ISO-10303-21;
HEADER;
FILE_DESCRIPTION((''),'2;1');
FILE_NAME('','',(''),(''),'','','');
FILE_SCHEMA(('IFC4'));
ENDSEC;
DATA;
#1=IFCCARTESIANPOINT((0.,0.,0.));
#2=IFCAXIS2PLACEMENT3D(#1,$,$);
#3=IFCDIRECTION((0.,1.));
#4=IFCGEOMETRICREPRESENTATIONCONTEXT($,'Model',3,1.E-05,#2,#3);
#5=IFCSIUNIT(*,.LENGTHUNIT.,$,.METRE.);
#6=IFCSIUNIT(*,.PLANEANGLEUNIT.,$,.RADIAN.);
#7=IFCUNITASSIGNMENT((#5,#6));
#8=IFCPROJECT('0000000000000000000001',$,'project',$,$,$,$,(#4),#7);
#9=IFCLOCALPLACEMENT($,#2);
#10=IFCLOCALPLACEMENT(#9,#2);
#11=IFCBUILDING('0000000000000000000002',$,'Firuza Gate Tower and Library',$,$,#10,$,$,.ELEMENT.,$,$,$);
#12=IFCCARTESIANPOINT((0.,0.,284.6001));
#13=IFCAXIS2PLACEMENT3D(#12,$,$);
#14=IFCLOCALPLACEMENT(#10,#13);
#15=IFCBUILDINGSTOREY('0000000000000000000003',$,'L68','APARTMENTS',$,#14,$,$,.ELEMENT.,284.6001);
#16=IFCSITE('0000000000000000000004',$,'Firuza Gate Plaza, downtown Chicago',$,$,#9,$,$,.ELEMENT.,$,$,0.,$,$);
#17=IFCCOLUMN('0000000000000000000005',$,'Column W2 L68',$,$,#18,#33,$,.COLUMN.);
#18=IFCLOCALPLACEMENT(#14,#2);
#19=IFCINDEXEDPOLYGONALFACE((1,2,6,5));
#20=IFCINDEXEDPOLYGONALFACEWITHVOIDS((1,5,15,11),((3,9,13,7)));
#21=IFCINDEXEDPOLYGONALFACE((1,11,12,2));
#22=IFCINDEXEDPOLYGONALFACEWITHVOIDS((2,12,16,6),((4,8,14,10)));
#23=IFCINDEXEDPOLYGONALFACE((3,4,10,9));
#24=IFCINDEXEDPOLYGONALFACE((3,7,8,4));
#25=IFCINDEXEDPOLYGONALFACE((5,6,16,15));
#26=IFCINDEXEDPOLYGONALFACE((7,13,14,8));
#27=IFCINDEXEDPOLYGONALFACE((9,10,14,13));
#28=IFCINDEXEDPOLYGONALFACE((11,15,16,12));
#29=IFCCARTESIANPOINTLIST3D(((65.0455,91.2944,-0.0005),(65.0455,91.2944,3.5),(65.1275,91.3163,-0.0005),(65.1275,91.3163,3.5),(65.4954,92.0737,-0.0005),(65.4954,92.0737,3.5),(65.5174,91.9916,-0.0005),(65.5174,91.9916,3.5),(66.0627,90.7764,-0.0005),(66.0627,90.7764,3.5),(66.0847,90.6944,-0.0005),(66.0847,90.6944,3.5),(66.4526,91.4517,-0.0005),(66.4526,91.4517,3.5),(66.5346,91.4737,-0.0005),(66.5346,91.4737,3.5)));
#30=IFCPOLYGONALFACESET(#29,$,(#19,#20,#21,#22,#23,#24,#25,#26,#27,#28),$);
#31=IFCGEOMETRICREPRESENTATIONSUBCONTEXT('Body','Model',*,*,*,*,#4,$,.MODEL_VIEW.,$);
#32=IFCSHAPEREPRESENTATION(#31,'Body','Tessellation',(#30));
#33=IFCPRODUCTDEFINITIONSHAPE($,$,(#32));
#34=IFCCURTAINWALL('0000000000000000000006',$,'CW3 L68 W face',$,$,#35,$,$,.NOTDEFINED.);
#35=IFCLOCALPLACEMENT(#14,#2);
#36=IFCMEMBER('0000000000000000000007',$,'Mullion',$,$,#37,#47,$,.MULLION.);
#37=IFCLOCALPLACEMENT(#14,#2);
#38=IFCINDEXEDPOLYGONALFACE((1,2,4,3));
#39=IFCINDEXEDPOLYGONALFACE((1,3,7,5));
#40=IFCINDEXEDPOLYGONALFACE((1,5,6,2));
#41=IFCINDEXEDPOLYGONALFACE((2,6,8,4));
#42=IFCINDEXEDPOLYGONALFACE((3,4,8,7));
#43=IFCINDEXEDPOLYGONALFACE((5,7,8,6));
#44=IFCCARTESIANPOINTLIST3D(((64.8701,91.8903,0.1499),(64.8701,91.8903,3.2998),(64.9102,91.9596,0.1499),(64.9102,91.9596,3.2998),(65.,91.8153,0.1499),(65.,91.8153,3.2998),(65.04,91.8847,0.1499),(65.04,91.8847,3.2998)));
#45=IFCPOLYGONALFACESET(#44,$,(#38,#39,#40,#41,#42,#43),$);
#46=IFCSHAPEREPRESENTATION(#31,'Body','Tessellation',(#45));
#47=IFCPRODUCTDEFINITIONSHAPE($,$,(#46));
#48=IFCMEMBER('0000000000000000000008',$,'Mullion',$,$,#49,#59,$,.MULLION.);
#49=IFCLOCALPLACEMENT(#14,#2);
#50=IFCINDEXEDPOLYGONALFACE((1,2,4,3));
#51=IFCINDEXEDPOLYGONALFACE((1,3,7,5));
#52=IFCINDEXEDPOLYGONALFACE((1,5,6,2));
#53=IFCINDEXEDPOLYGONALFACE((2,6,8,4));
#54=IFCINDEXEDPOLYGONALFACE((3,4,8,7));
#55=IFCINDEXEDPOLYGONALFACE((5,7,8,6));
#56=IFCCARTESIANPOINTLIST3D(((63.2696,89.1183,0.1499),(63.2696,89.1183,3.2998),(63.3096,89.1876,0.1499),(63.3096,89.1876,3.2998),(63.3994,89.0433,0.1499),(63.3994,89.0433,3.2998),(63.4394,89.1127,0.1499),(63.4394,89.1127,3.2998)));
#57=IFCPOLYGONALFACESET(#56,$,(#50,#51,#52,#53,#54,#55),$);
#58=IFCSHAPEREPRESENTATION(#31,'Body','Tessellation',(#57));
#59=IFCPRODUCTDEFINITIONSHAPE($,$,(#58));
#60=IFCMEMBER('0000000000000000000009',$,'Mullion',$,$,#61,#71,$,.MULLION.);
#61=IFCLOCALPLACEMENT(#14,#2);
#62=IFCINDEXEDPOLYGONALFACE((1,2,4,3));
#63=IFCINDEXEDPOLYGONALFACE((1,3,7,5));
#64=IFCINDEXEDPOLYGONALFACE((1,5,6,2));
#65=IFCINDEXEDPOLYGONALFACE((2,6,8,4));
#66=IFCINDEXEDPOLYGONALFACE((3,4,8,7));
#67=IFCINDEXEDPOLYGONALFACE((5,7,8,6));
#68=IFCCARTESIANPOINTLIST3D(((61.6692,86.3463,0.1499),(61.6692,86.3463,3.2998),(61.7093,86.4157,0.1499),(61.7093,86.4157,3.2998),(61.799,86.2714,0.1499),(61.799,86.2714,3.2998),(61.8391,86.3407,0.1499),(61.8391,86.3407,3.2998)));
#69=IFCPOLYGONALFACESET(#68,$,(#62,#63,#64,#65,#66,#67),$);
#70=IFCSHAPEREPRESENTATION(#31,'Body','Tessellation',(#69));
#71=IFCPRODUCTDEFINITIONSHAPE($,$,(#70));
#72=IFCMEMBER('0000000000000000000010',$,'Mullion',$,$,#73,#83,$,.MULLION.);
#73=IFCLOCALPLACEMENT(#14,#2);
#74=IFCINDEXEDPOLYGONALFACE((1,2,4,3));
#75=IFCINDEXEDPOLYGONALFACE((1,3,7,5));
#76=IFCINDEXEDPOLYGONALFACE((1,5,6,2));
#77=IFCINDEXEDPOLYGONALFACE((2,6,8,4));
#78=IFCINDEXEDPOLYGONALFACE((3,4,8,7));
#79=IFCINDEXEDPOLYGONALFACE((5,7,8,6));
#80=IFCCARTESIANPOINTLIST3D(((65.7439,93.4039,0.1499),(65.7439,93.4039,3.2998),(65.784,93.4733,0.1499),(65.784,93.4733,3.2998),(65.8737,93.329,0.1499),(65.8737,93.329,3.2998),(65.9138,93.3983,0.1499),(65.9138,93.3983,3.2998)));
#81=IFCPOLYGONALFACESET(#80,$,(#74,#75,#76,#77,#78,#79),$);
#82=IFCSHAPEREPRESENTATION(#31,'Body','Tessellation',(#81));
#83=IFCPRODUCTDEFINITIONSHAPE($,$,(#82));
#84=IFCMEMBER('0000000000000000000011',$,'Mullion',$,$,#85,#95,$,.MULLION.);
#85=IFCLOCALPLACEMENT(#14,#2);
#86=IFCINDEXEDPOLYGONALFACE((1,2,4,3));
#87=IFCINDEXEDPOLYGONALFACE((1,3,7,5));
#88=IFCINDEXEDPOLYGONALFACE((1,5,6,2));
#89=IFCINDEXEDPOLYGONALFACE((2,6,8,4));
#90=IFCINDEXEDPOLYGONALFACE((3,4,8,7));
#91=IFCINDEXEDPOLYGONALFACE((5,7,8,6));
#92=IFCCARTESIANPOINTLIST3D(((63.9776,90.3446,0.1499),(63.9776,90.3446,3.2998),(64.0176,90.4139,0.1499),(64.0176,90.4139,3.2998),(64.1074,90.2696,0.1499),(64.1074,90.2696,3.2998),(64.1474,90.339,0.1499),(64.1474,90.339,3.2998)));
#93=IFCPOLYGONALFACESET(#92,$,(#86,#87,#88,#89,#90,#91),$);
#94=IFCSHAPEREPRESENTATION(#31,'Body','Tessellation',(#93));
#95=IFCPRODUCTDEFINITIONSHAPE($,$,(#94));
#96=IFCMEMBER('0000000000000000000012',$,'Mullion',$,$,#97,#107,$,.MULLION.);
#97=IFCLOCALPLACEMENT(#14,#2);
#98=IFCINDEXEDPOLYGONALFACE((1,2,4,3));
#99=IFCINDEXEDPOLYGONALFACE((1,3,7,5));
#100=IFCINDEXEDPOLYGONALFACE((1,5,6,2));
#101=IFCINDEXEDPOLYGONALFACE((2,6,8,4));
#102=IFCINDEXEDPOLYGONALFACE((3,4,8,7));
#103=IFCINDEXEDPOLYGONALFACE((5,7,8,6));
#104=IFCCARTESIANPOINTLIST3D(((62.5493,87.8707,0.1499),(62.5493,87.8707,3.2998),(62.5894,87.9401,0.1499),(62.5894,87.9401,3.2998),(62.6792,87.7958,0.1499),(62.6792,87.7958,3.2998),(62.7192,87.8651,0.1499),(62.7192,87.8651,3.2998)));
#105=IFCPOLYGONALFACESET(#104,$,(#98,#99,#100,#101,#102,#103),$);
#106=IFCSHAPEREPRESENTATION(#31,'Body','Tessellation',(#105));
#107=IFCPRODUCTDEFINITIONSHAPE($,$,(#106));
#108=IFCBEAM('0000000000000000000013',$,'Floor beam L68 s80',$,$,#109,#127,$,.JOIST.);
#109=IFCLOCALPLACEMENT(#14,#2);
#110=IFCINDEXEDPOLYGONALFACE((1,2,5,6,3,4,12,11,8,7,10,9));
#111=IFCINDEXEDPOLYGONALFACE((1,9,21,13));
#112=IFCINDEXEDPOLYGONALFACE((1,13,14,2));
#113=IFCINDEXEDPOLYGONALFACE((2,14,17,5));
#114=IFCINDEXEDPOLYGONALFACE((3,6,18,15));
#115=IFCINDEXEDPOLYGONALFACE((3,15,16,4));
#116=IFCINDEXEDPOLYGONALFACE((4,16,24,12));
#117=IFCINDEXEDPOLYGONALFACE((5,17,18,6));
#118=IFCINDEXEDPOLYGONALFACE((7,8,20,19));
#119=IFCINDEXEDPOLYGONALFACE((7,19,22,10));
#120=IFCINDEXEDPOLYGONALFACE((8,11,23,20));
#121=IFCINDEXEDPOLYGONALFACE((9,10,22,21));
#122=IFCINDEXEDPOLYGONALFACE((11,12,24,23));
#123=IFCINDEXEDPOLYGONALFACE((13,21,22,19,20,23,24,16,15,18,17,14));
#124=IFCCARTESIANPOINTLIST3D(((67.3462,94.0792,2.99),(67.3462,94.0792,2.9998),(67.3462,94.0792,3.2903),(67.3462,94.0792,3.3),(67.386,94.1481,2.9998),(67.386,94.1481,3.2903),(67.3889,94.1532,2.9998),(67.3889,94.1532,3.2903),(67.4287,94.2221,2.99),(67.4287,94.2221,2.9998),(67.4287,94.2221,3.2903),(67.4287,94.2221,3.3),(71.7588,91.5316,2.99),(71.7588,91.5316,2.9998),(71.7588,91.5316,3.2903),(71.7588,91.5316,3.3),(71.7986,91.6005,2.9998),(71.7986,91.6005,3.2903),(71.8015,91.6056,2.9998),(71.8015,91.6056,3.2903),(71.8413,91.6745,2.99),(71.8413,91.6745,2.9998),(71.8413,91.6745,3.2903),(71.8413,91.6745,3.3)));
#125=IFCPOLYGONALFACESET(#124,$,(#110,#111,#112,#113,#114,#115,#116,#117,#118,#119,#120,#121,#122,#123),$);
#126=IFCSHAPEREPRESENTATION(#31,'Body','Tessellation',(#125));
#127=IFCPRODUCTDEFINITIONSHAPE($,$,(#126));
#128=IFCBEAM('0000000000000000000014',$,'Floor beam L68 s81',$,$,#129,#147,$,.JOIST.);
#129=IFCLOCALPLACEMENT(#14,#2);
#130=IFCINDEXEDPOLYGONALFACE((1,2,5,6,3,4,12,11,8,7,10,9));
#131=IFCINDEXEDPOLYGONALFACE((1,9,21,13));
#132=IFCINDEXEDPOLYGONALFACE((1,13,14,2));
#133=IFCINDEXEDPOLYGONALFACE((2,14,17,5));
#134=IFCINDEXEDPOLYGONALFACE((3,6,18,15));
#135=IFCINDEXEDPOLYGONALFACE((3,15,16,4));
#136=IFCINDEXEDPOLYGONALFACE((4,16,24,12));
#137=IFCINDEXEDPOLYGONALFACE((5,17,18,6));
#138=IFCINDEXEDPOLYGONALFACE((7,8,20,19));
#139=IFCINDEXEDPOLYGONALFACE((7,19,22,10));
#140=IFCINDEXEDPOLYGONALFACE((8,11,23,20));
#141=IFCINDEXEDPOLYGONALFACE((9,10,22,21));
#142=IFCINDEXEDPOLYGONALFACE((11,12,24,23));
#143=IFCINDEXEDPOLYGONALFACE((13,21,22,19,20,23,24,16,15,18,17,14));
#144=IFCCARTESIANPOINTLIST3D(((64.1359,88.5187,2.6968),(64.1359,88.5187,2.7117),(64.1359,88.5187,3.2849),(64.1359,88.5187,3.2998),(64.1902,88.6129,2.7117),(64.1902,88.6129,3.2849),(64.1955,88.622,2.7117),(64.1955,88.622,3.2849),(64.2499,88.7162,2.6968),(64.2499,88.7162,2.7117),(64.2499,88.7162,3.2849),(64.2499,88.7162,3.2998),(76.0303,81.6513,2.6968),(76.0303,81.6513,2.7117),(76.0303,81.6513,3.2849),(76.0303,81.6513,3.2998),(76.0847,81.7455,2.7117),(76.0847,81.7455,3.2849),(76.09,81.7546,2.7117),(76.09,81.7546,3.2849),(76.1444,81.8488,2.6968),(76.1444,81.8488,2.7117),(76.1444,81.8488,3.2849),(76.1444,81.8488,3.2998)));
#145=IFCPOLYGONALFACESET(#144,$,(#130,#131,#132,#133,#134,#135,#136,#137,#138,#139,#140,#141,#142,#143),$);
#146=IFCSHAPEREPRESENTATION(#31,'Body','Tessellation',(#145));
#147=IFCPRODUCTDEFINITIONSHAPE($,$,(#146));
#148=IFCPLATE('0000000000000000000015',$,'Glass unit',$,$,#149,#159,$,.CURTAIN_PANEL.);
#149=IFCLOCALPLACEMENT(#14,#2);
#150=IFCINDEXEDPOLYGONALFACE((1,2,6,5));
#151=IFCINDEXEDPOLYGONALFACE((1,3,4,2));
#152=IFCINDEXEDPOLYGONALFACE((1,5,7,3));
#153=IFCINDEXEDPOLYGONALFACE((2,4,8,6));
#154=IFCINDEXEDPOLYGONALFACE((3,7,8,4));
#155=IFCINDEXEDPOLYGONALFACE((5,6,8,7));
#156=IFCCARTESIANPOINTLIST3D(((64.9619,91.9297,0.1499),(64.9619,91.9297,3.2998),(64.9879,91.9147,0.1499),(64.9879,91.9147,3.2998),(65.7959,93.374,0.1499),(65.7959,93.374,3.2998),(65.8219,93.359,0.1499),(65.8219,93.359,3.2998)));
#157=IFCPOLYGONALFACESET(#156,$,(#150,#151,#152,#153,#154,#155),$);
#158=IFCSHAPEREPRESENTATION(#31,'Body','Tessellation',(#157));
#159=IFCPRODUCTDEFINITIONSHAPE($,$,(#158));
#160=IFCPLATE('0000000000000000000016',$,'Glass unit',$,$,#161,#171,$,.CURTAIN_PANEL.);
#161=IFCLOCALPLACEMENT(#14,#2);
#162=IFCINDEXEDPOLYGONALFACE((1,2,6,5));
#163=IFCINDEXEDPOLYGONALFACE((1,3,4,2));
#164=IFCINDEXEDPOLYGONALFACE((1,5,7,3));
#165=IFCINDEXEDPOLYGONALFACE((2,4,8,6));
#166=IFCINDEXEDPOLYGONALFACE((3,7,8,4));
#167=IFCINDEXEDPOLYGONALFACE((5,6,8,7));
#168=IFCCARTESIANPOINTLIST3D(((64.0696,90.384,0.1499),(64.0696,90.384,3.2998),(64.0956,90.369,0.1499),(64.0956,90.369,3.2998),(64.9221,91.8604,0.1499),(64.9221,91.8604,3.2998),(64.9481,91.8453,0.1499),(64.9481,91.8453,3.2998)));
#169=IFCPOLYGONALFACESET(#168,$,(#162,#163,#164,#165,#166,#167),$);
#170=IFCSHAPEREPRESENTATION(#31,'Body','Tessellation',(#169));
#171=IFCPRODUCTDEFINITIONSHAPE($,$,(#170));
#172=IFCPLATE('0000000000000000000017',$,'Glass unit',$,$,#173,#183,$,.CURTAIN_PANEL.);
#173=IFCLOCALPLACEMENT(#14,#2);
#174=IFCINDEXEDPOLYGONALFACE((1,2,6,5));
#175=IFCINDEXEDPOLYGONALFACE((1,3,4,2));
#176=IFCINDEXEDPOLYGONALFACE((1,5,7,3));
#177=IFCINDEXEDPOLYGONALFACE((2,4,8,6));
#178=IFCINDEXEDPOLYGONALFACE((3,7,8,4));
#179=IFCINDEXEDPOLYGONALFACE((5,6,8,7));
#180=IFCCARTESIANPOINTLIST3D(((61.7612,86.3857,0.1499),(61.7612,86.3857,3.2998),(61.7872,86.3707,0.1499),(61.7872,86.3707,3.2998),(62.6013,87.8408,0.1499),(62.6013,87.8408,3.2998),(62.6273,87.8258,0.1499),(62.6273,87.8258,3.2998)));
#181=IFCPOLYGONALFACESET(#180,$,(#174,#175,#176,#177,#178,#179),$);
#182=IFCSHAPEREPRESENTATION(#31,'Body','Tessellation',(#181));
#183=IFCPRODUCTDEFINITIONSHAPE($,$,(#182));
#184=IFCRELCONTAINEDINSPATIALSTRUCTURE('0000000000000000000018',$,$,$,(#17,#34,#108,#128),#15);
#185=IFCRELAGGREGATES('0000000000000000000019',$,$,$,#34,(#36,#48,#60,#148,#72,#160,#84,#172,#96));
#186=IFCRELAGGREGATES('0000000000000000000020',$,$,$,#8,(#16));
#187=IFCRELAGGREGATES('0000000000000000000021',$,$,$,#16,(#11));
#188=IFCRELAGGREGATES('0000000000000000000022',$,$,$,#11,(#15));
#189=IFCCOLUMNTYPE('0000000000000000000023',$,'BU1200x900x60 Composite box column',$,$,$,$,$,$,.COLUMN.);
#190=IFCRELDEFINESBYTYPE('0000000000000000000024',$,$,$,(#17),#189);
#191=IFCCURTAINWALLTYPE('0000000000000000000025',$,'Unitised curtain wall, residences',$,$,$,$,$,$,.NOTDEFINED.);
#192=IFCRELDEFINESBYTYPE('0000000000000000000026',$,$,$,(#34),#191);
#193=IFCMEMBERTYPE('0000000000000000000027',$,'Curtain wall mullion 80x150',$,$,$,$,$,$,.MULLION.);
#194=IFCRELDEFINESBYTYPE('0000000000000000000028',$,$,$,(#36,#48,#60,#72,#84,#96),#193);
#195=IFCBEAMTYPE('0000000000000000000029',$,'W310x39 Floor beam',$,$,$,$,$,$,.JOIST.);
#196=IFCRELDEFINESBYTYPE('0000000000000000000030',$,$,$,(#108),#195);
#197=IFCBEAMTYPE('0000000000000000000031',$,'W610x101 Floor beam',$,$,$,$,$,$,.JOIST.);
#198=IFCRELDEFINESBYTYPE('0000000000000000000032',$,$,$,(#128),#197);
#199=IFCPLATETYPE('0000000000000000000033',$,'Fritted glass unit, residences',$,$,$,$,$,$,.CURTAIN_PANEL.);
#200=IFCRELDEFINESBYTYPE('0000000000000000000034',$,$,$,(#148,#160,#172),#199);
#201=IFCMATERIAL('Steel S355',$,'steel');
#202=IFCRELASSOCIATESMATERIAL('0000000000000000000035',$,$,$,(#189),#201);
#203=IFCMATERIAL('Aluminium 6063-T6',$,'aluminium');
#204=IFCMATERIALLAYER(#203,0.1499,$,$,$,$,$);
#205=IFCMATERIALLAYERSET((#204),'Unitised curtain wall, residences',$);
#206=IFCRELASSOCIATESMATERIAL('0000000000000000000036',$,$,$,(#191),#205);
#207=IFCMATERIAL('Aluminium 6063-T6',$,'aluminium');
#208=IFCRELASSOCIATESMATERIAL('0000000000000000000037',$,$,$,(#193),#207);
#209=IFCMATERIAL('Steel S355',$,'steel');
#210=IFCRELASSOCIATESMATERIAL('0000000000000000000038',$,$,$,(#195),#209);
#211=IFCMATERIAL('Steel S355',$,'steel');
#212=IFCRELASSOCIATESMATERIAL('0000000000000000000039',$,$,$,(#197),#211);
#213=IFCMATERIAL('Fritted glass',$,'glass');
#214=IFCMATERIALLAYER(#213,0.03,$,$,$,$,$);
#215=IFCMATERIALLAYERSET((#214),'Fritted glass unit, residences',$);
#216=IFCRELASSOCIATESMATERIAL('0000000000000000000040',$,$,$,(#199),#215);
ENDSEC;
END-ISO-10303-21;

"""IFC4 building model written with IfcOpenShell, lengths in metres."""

from ifc_helpers import new_model, si_unit, direction, frame, origin, origin_2d, place, context, subcontext, project, spatial, polyline, rectangle, hollow_rectangle, i_section, outline, extrude, material, layer, layer_set, material_profile, profile_set, type_object, element, aggregate, save


model = new_model("IFC4")

# Units and contexts
model_context = context("Model", 3, precision=1e-05, world=origin(), true_north=direction((0.0, 1.0)))
body_context = subcontext(model_context, "Body", "Model", "MODEL_VIEW")
ifc_project = project(units=[si_unit("LENGTHUNIT", "METRE"), si_unit("PLANEANGLEUNIT", "RADIAN")], contexts=[model_context])

# Site, building, storey
site_placement = place(None, origin())
site = spatial("IfcSite", under=ifc_project, at=site_placement, Name="Firuza Gate Plaza, downtown Chicago", CompositionType="ELEMENT", RefElevation=0.0)
building_placement = place(site_placement, origin())
building = spatial("IfcBuilding", under=site, at=building_placement, Name="Firuza Gate Tower and Library", CompositionType="ELEMENT")
storey_placement = place(building_placement, frame((0.0, 0.0, 284.6001)))
storey = spatial("IfcBuildingStorey", under=building, at=storey_placement, Name="L68", Description="APARTMENTS", CompositionType="ELEMENT", Elevation=284.6001)

# Column
ifc_material_1 = material(Name="Steel S355", Category="steel")
ifc_material_profile_1 = material_profile(ifc_material_1, hollow_rectangle(XDim=0.8999, YDim=1.2, WallThickness=0.0601, at=origin_2d()))
ifc_profile_set_1 = profile_set([ifc_material_profile_1], Name="Steel S355")
column_type = type_object("IfcColumnType", Name="BU1200x900x60 Composite box column", PredefinedType="COLUMN", material=ifc_profile_set_1)
column_placement = place(storey_placement, frame((65.79, 91.384, -0.0005), z_axis=(0.0, 0.0, 1.0), x_axis=(-0.5, -0.866025, 0.0)))
element("IfcColumn", 1, at=column_placement, inside=storey, type_object=column_type, Name="Column W2 L68", PredefinedType="COLUMN", context=body_context, shape_type="SweptSolid", body=[
    extrude(hollow_rectangle(XDim=0.8999, YDim=1.2, WallThickness=0.0601, at=origin_2d()), origin(), (0.0, 0.0, 1.0), 3.5005),
])

# Curtain wall, members
ifc_material_2 = material(Name="Aluminium 6063-T6", Category="aluminium")
ifc_layer_1 = layer(ifc_material_2, 0.1499)
ifc_layer_set_1 = layer_set([ifc_layer_1], Name="Unitised curtain wall, residences")
curtain_wall_type = type_object("IfcCurtainWallType", Name="Unitised curtain wall, residences", PredefinedType="NOTDEFINED", material=ifc_layer_set_1)
placement = place(storey_placement, origin())
curtain_wall = element("IfcCurtainWall", 2, at=placement, inside=storey, type_object=curtain_wall_type, Name="CW3 L68 W face", PredefinedType="NOTDEFINED")
ifc_material_3 = material(Name="Aluminium 6063-T6", Category="aluminium")
ifc_material_profile_2 = material_profile(ifc_material_3, rectangle(XDim=0.1499, YDim=0.0801, at=origin_2d()))
ifc_profile_set_2 = profile_set([ifc_material_profile_2], Name="Aluminium 6063-T6")
member_type = type_object("IfcMemberType", Name="Curtain wall mullion 80x150", PredefinedType="MULLION", material=ifc_profile_set_2)
member_1_placement = place(storey_placement, frame((64.9551, 91.8875, 0.1499), z_axis=(0.0, 0.0, 1.0), x_axis=(0.866025, -0.5, 0.0)))
member_1 = element("IfcMember", 3, at=member_1_placement, type_object=member_type, Name="Mullion", PredefinedType="MULLION", context=body_context, shape_type="SweptSolid", body=[
    extrude(rectangle(XDim=0.1499, YDim=0.0801, at=origin_2d()), origin(), (0.0, 0.0, 1.0), 3.1499),
])
member_2_placement = place(storey_placement, frame((63.3545, 89.1155, 0.1499), z_axis=(0.0, 0.0, 1.0), x_axis=(0.866025, -0.5, 0.0)))
member_2 = element("IfcMember", 4, at=member_2_placement, type_object=member_type, Name="Mullion", PredefinedType="MULLION", context=body_context, shape_type="SweptSolid", body=[
    extrude(rectangle(XDim=0.1499, YDim=0.0801, at=origin_2d()), origin(), (0.0, 0.0, 1.0), 3.1499),
])
member_3_placement = place(storey_placement, frame((61.7542, 86.3435, 0.1499), z_axis=(0.0, 0.0, 1.0), x_axis=(0.866025, -0.5, 0.0)))
member_3 = element("IfcMember", 5, at=member_3_placement, type_object=member_type, Name="Mullion", PredefinedType="MULLION", context=body_context, shape_type="SweptSolid", body=[
    extrude(rectangle(XDim=0.1499, YDim=0.0801, at=origin_2d()), origin(), (0.0, 0.0, 1.0), 3.1499),
])
member_4_placement = place(storey_placement, frame((65.8289, 93.4011, 0.1499), z_axis=(0.0, 0.0, 1.0), x_axis=(0.866025, -0.5, 0.0)))
member_4 = element("IfcMember", 6, at=member_4_placement, type_object=member_type, Name="Mullion", PredefinedType="MULLION", context=body_context, shape_type="SweptSolid", body=[
    extrude(rectangle(XDim=0.1499, YDim=0.0801, at=origin_2d()), origin(), (0.0, 0.0, 1.0), 3.1499),
])
member_5_placement = place(storey_placement, frame((64.0625, 90.3418, 0.1499), z_axis=(0.0, 0.0, 1.0), x_axis=(0.866025, -0.5, 0.0)))
member_5 = element("IfcMember", 7, at=member_5_placement, type_object=member_type, Name="Mullion", PredefinedType="MULLION", context=body_context, shape_type="SweptSolid", body=[
    extrude(rectangle(XDim=0.1499, YDim=0.0801, at=origin_2d()), origin(), (0.0, 0.0, 1.0), 3.1499),
])
member_6_placement = place(storey_placement, frame((62.6343, 87.8679, 0.1499), z_axis=(0.0, 0.0, 1.0), x_axis=(0.866025, -0.5, 0.0)))
member_6 = element("IfcMember", 8, at=member_6_placement, type_object=member_type, Name="Mullion", PredefinedType="MULLION", context=body_context, shape_type="SweptSolid", body=[
    extrude(rectangle(XDim=0.1499, YDim=0.0801, at=origin_2d()), origin(), (0.0, 0.0, 1.0), 3.1499),
])

# Beams
ifc_material_4 = material(Name="Steel S355", Category="steel")
ifc_material_profile_3 = material_profile(ifc_material_4, i_section(OverallWidth=0.165, OverallDepth=0.3101, WebThickness=0.0059, FlangeThickness=0.0098, at=origin_2d()))
ifc_profile_set_3 = profile_set([ifc_material_profile_3], Name="Steel S355")
beam_type_1 = type_object("IfcBeamType", Name="W310x39 Floor beam", PredefinedType="JOIST", material=ifc_profile_set_3)
beam_1_placement = place(storey_placement, frame((67.3875, 94.1506, 3.145), z_axis=(0.866026, -0.499999, 0.0), x_axis=(0.499999, 0.866026, 0.0)))
element("IfcBeam", 9, at=beam_1_placement, inside=storey, type_object=beam_type_1, Name="Floor beam L68 s80", PredefinedType="JOIST", context=body_context, shape_type="SweptSolid", body=[
    extrude(i_section(OverallWidth=0.165, OverallDepth=0.3101, WebThickness=0.0059, FlangeThickness=0.0098, at=origin_2d()), origin(), (0.0, 0.0, 1.0), 5.0952),
])
ifc_material_5 = material(Name="Steel S355", Category="steel")
ifc_material_profile_4 = material_profile(ifc_material_5, i_section(OverallWidth=0.228, OverallDepth=0.603, WebThickness=0.0105, FlangeThickness=0.0149, at=origin_2d()))
ifc_profile_set_4 = profile_set([ifc_material_profile_4], Name="Steel S355")
beam_type_2 = type_object("IfcBeamType", Name="W610x101 Floor beam", PredefinedType="JOIST", material=ifc_profile_set_4)
beam_2_placement = place(storey_placement, frame((64.1929, 88.6174, 2.9983), z_axis=(0.866022, -0.500007, 0.0), x_axis=(0.500007, 0.866022, 0.0)))
element("IfcBeam", 10, at=beam_2_placement, inside=storey, type_object=beam_type_2, Name="Floor beam L68 s81", PredefinedType="JOIST", context=body_context, shape_type="SweptSolid", body=[
    extrude(i_section(OverallWidth=0.228, OverallDepth=0.603, WebThickness=0.0105, FlangeThickness=0.0149, at=origin_2d()), origin(), (0.0, 0.0, 1.0), 13.7346),
])

# Plates
ifc_material_6 = material(Name="Fritted glass", Category="glass")
ifc_layer_2 = layer(ifc_material_6, 0.03)
ifc_layer_set_2 = layer_set([ifc_layer_2], Name="Fritted glass unit, residences")
plate_type_1 = type_object("IfcPlateType", Name="Fritted glass unit, residences", PredefinedType="CURTAIN_PANEL", material=ifc_layer_set_2)
plate_1_placement = place(storey_placement, frame((65.7959, 93.374, 0.1499), z_axis=(-0.866, 0.500043, 0.0), x_axis=(-0.500043, -0.866, 0.0)))
plate_1 = element("IfcPlate", 11, at=plate_1_placement, type_object=plate_type_1, Name="Glass unit", PredefinedType="CURTAIN_PANEL", context=body_context, shape_type="SweptSolid", body=[
    extrude(outline(polyline([(0.0, 0.0), (1.6678, 0.0), (1.6678, 3.1499), (0.0, 3.1499), (0.0, 0.0)])), origin(), (0.0, 0.0, -1.0), 0.03),
])
plate_2_placement = place(storey_placement, frame((64.9221, 91.8604, 0.1499), z_axis=(-0.865978, 0.500082, 0.0), x_axis=(-0.500082, -0.865978, 0.0)))
plate_2 = element("IfcPlate", 12, at=plate_2_placement, type_object=plate_type_1, Name="Glass unit", PredefinedType="CURTAIN_PANEL", context=body_context, shape_type="SweptSolid", body=[
    extrude(outline(polyline([(0.0, 0.0), (1.7048, 0.0), (1.7048, 3.1499), (0.0, 3.1499), (0.0, 0.0)])), origin(), (0.0, 0.0, -1.0), 0.03),
])
plate_3_placement = place(storey_placement, frame((62.6013, 87.8408, 0.1499), z_axis=(-0.866026, 0.499999, 0.0), x_axis=(-0.499999, -0.866026, 0.0)))
plate_3 = element("IfcPlate", 13, at=plate_3_placement, type_object=plate_type_1, Name="Glass unit", PredefinedType="CURTAIN_PANEL", context=body_context, shape_type="SweptSolid", body=[
    extrude(outline(polyline([(0.0, 0.0), (1.6802, 0.0), (1.6802, 3.1499), (0.0, 3.1499), (0.0, 0.0)])), origin(), (0.0, 0.0, -1.0), 0.03),
])
aggregate(curtain_wall, [member_1, member_2, member_3, plate_1, member_4, plate_2, member_5, plate_3, member_6])

save(model, "model.ifc")
